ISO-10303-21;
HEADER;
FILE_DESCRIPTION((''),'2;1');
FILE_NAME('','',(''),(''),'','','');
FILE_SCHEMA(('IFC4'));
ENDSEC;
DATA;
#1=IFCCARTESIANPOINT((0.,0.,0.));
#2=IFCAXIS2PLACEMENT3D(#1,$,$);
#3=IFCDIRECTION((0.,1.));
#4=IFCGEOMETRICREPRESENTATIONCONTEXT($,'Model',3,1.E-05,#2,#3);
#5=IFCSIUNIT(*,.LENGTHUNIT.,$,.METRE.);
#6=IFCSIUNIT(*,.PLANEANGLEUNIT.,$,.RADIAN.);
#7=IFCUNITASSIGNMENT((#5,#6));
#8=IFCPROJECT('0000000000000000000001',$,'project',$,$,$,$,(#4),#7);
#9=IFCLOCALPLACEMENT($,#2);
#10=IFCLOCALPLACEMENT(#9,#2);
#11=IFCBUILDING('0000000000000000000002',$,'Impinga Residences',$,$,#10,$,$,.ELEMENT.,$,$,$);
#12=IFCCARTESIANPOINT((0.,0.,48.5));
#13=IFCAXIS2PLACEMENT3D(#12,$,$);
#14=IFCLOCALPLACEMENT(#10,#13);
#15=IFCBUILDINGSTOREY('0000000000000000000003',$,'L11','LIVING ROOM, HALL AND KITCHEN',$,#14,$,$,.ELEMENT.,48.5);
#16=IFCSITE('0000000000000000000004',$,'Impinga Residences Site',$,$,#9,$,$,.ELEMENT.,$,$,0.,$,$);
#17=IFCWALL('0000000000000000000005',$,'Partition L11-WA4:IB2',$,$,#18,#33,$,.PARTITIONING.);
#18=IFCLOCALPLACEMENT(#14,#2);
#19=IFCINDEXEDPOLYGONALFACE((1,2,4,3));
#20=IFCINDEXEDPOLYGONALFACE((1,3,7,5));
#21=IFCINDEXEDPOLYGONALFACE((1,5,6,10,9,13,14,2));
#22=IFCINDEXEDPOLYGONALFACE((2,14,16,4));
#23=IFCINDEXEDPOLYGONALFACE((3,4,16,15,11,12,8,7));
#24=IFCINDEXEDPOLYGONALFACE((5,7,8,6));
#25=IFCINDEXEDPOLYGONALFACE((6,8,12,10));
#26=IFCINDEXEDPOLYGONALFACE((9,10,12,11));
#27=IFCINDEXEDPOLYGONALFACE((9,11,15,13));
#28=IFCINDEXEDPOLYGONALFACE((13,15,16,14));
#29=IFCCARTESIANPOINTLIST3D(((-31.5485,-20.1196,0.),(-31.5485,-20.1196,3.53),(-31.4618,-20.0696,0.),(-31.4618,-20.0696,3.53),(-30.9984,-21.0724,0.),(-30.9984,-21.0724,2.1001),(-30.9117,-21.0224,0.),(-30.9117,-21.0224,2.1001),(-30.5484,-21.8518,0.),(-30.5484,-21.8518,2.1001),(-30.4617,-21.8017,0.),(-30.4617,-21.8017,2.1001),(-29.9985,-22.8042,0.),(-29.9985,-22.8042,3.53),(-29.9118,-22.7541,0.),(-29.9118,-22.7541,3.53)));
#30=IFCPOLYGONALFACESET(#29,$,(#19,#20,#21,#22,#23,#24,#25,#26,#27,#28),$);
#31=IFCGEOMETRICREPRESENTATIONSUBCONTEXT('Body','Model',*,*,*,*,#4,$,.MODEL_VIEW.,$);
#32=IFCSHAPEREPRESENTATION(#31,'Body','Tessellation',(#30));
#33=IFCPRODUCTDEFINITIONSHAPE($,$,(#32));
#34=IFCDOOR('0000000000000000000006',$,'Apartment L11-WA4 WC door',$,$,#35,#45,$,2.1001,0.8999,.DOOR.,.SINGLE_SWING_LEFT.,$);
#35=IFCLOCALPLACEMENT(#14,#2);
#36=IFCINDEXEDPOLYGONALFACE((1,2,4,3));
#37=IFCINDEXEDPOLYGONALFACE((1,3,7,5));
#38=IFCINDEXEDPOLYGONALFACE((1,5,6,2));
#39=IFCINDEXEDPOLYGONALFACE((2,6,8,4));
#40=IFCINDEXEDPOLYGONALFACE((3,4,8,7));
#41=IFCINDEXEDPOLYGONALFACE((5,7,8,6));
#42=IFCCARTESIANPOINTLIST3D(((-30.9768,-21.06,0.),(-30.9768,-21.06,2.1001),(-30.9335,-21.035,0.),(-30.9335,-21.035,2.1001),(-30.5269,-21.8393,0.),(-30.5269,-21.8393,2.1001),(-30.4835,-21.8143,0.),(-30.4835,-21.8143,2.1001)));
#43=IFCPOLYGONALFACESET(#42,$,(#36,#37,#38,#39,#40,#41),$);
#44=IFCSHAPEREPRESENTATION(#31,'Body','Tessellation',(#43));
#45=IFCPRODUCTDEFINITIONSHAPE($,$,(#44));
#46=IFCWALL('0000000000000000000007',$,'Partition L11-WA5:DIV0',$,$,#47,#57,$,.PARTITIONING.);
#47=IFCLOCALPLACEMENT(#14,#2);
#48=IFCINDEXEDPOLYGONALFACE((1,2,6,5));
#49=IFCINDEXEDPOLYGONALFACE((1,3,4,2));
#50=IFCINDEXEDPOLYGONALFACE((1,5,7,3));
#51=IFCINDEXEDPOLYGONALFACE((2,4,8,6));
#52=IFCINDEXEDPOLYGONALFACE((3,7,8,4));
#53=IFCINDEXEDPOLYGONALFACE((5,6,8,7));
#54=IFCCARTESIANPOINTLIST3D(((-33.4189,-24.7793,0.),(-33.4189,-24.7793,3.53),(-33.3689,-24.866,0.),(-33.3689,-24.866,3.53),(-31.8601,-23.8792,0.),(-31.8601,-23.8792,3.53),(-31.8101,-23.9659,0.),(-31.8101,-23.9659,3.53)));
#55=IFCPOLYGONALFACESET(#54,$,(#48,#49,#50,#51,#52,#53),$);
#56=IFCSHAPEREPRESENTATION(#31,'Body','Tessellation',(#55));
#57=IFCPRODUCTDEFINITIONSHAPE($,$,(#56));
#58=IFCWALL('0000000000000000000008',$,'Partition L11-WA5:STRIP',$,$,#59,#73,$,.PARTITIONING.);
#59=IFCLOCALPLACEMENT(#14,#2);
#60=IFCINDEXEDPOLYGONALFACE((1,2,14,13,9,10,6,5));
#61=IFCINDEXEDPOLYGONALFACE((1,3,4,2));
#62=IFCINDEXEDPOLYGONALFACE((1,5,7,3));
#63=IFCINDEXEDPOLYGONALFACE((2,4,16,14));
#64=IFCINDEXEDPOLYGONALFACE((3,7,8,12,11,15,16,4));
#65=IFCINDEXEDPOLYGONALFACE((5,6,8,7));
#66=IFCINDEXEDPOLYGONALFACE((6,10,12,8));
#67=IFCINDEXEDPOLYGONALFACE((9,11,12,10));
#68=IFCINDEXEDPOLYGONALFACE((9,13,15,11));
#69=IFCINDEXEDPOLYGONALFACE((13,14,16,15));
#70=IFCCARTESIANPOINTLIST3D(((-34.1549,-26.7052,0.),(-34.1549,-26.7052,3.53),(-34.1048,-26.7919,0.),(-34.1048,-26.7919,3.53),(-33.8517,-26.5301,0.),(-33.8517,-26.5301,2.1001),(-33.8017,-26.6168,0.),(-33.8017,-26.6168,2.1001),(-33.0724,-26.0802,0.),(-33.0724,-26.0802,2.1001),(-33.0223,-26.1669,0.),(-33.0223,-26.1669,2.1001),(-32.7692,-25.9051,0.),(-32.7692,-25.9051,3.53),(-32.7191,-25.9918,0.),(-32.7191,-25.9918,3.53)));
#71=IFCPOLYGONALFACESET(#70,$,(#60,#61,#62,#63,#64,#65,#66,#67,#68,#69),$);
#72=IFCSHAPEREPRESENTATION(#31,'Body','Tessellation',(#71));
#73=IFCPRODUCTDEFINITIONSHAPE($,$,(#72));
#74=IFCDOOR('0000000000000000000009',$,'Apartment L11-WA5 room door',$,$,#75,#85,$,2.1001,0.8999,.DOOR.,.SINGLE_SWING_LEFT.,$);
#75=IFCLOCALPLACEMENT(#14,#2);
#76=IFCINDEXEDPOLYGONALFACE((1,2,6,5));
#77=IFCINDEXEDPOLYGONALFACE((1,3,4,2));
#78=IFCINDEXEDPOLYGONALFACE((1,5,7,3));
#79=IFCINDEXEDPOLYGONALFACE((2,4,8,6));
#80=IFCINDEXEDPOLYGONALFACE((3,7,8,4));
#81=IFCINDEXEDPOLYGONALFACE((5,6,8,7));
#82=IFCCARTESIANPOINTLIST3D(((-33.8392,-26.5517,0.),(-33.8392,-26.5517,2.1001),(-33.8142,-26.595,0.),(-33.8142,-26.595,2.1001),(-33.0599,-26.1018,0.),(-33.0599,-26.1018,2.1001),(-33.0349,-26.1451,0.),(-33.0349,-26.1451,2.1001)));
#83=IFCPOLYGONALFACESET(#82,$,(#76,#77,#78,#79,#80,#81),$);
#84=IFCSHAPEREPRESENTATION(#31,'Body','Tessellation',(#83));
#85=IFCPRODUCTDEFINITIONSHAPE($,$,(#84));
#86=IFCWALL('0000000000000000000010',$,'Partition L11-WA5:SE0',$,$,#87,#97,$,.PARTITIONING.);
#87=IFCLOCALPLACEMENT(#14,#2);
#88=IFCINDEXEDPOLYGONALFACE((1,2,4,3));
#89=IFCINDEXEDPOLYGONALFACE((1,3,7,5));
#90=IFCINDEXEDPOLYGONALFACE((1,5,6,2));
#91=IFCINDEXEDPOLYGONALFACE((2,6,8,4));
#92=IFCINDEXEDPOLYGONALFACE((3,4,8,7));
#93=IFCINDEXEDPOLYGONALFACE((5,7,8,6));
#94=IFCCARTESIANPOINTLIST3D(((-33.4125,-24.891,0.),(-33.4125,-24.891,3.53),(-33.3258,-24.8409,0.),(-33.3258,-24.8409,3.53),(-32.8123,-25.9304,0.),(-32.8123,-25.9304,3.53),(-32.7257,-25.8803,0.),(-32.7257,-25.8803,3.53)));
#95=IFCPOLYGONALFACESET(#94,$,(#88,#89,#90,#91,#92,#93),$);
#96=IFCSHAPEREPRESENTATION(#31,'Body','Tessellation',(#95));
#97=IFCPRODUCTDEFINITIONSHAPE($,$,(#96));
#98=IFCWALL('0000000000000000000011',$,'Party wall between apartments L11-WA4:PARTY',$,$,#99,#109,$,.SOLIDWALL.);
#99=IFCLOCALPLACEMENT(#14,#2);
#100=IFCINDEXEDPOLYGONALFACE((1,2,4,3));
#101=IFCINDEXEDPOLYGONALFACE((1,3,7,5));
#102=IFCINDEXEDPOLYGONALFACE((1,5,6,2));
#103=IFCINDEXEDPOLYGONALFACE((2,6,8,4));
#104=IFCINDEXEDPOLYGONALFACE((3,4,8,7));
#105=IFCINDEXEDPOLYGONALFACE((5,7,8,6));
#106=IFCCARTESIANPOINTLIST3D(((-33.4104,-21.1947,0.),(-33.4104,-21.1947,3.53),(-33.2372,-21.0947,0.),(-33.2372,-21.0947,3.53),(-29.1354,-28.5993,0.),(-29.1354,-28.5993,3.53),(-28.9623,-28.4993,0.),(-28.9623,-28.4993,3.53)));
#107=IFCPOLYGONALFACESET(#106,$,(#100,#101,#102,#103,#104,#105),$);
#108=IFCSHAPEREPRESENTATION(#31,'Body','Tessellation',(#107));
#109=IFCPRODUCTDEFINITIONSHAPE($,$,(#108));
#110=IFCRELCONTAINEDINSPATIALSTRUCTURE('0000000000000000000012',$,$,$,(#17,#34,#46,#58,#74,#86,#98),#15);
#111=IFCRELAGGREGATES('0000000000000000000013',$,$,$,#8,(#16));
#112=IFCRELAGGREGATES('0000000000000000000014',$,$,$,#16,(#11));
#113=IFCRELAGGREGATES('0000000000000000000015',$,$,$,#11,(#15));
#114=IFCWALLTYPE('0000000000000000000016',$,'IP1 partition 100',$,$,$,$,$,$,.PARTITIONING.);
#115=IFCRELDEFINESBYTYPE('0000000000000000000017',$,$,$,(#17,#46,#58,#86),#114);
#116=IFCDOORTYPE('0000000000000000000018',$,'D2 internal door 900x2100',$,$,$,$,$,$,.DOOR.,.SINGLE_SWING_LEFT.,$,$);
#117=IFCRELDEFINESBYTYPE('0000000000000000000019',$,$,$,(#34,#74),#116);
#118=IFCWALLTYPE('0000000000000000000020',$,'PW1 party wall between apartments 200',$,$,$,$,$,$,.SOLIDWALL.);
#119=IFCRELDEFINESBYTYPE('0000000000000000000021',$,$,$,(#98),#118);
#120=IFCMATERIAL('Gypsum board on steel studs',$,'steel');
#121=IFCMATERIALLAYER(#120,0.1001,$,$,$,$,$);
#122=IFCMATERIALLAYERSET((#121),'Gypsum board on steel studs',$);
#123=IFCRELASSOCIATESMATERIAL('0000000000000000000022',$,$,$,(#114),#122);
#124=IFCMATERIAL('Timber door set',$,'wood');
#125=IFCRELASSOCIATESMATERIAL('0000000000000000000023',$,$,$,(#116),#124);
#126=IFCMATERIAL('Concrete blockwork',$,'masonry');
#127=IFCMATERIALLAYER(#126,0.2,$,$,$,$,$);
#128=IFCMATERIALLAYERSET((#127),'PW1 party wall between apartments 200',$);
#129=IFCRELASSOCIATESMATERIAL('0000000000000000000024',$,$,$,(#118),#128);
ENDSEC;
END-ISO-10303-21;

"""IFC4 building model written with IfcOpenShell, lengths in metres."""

from ifc_helpers import new_model, si_unit, direction, frame, frame_2d, origin, place, context, subcontext, project, spatial, rectangle, extrude, material, layer, layer_set, type_object, element, fill, save


model = new_model("IFC4")

# Units and contexts
model_context = context("Model", 3, precision=1e-05, world=origin(), true_north=direction((0.0, 1.0)))
body_context = subcontext(model_context, "Body", "Model", "MODEL_VIEW")
ifc_project = project(units=[si_unit("LENGTHUNIT", "METRE"), si_unit("PLANEANGLEUNIT", "RADIAN")], contexts=[model_context])

# Site, building, storey
site_placement = place(None, origin())
site = spatial("IfcSite", under=ifc_project, at=site_placement, Name="Impinga Residences Site", CompositionType="ELEMENT", RefElevation=0.0)
building_placement = place(site_placement, origin())
building = spatial("IfcBuilding", under=site, at=building_placement, Name="Impinga Residences", CompositionType="ELEMENT")
storey_placement = place(building_placement, frame((0.0, 0.0, 48.5)))
storey = spatial("IfcBuildingStorey", under=building, at=storey_placement, Name="L11", Description="LIVING ROOM, HALL AND KITCHEN", CompositionType="ELEMENT", Elevation=48.5)

# Shared definitions
ifc_material_1 = material(Name="Gypsum board on steel studs", Category="steel")
ifc_layer_1 = layer(ifc_material_1, 0.1001)
ifc_layer_set_1 = layer_set([ifc_layer_1], Name="Gypsum board on steel studs")
wall_type_1 = type_object("IfcWallType", Name="IP1 partition 100", PredefinedType="PARTITIONING", material=ifc_layer_set_1)

# Shared definitions
ifc_material_2 = material(Name="Timber door set", Category="wood")
door_type = type_object("IfcDoorType", Name="D2 internal door 900x2100", OperationType="SINGLE_SWING_LEFT", PredefinedType="DOOR", material=ifc_material_2)

# Wall, opening, door
wall_1_placement = place(storey_placement, frame((-31.5051, -20.0947, 0.0), z_axis=(0.0, 0.0, 1.0), x_axis=(0.500027, -0.86601, 0.0)))
wall_1 = element("IfcWall", 1, at=wall_1_placement, inside=storey, type_object=wall_type_1, Name="Partition L11-WA4:IB2", PredefinedType="PARTITIONING", context=body_context, shape_type="SweptSolid", body=[
    extrude(rectangle(XDim=3.0999, YDim=0.1001, at=frame_2d((1.5498, 0.0))), origin(), (0.0, 0.0, 1.0), 3.53),
])
opening_1_placement = place(wall_1_placement, frame((1.1001, 0.0, 0.0)))
opening_1 = element("IfcOpeningElement", 2, at=opening_1_placement, cuts=wall_1, PredefinedType="OPENING", context=body_context, shape_type="SweptSolid", body=[
    extrude(rectangle(XDim=0.8999, YDim=2.1001, at=frame_2d((0.45, 1.05))), frame((0.0, 0.0601, 0.0), z_axis=(0.0, -1.0, 0.0), x_axis=(1.0, 0.0, 0.0)), (0.0, 0.0, 1.0), 0.1201),
])
door_1_placement = place(opening_1_placement, origin())
door_1 = element("IfcDoor", 3, at=door_1_placement, inside=storey, type_object=door_type, Name="Apartment L11-WA4 WC door", OperationType="SINGLE_SWING_LEFT", OverallHeight=2.1001, OverallWidth=0.8999, PredefinedType="DOOR", context=body_context, shape_type="SweptSolid", body=[
    extrude(rectangle(XDim=0.8999, YDim=2.1001, at=frame_2d((0.45, 1.05))), frame((0.0, 0.0249, 0.0), z_axis=(0.0, -1.0, 0.0), x_axis=(1.0, 0.0, 0.0)), (0.0, 0.0, 1.0), 0.05),
])
fill(opening_1, door_1)

# Wall
wall_2_placement = place(storey_placement, frame((-31.8352, -23.9226, 0.0), z_axis=(0.0, 0.0, 1.0), x_axis=(-0.865989, -0.500063, 0.0)))
element("IfcWall", 4, at=wall_2_placement, inside=storey, type_object=wall_type_1, Name="Partition L11-WA5:DIV0", PredefinedType="PARTITIONING", context=body_context, shape_type="SweptSolid", body=[
    extrude(rectangle(XDim=1.8, YDim=0.1001, at=frame_2d((0.8999, 0.0))), origin(), (0.0, 0.0, 1.0), 3.53),
])

# Wall, opening, door
wall_3_placement = place(storey_placement, frame((-32.7441, -25.9485, 0.0), z_axis=(0.0, 0.0, 1.0), x_axis=(-0.866028, -0.499995, 0.0)))
wall_3 = element("IfcWall", 5, at=wall_3_placement, inside=storey, type_object=wall_type_1, Name="Partition L11-WA5:STRIP", PredefinedType="PARTITIONING", context=body_context, shape_type="SweptSolid", body=[
    extrude(rectangle(XDim=1.6001, YDim=0.1001, at=frame_2d((0.8, 0.0))), origin(), (0.0, 0.0, 1.0), 3.53),
])
opening_2_placement = place(wall_3_placement, frame((0.3501, 0.0, 0.0)))
opening_2 = element("IfcOpeningElement", 6, at=opening_2_placement, cuts=wall_3, PredefinedType="OPENING", context=body_context, shape_type="SweptSolid", body=[
    extrude(rectangle(XDim=0.8999, YDim=2.1001, at=frame_2d((0.45, 1.05))), frame((0.0, 0.0601, 0.0), z_axis=(0.0, -1.0, 0.0), x_axis=(1.0, 0.0, 0.0)), (0.0, 0.0, 1.0), 0.1201),
])
door_2_placement = place(opening_2_placement, origin())
door_2 = element("IfcDoor", 7, at=door_2_placement, inside=storey, type_object=door_type, Name="Apartment L11-WA5 room door", OperationType="SINGLE_SWING_LEFT", OverallHeight=2.1001, OverallWidth=0.8999, PredefinedType="DOOR", context=body_context, shape_type="SweptSolid", body=[
    extrude(rectangle(XDim=0.8999, YDim=2.1001, at=frame_2d((0.45, 1.05))), frame((0.0, 0.0249, 0.0), z_axis=(0.0, -1.0, 0.0), x_axis=(1.0, 0.0, 0.0)), (0.0, 0.0, 1.0), 0.05),
])
fill(opening_2, door_2)

# Walls
wall_4_placement = place(storey_placement, frame((-33.3691, -24.866, 0.0), z_axis=(0.0, 0.0, 1.0), x_axis=(0.500034, -0.866006, 0.0)))
element("IfcWall", 8, at=wall_4_placement, inside=storey, type_object=wall_type_1, Name="Partition L11-WA5:SE0", PredefinedType="PARTITIONING", context=body_context, shape_type="SweptSolid", body=[
    extrude(rectangle(XDim=1.2002, YDim=0.1001, at=frame_2d((0.6001, 0.0))), origin(), (0.0, 0.0, 1.0), 3.53),
])
ifc_material_3 = material(Name="Concrete blockwork", Category="masonry")
ifc_layer_2 = layer(ifc_material_3, 0.2)
ifc_layer_set_2 = layer_set([ifc_layer_2], Name="PW1 party wall between apartments 200")
wall_type_2 = type_object("IfcWallType", Name="PW1 party wall between apartments 200", PredefinedType="SOLIDWALL", material=ifc_layer_set_2)
wall_5_placement = place(storey_placement, frame((-33.3237, -21.1448, 0.0), z_axis=(0.0, 0.0, 1.0), x_axis=(0.49999, -0.866031, 0.0)))
element("IfcWall", 9, at=wall_5_placement, inside=storey, type_object=wall_type_2, Name="Party wall between apartments L11-WA4:PARTY", PredefinedType="SOLIDWALL", context=body_context, shape_type="SweptSolid", body=[
    extrude(rectangle(XDim=8.55, YDim=0.2, at=frame_2d((4.2749, 0.0))), origin(), (0.0, 0.0, 1.0), 3.53),
])

save(model, "model.ifc")
